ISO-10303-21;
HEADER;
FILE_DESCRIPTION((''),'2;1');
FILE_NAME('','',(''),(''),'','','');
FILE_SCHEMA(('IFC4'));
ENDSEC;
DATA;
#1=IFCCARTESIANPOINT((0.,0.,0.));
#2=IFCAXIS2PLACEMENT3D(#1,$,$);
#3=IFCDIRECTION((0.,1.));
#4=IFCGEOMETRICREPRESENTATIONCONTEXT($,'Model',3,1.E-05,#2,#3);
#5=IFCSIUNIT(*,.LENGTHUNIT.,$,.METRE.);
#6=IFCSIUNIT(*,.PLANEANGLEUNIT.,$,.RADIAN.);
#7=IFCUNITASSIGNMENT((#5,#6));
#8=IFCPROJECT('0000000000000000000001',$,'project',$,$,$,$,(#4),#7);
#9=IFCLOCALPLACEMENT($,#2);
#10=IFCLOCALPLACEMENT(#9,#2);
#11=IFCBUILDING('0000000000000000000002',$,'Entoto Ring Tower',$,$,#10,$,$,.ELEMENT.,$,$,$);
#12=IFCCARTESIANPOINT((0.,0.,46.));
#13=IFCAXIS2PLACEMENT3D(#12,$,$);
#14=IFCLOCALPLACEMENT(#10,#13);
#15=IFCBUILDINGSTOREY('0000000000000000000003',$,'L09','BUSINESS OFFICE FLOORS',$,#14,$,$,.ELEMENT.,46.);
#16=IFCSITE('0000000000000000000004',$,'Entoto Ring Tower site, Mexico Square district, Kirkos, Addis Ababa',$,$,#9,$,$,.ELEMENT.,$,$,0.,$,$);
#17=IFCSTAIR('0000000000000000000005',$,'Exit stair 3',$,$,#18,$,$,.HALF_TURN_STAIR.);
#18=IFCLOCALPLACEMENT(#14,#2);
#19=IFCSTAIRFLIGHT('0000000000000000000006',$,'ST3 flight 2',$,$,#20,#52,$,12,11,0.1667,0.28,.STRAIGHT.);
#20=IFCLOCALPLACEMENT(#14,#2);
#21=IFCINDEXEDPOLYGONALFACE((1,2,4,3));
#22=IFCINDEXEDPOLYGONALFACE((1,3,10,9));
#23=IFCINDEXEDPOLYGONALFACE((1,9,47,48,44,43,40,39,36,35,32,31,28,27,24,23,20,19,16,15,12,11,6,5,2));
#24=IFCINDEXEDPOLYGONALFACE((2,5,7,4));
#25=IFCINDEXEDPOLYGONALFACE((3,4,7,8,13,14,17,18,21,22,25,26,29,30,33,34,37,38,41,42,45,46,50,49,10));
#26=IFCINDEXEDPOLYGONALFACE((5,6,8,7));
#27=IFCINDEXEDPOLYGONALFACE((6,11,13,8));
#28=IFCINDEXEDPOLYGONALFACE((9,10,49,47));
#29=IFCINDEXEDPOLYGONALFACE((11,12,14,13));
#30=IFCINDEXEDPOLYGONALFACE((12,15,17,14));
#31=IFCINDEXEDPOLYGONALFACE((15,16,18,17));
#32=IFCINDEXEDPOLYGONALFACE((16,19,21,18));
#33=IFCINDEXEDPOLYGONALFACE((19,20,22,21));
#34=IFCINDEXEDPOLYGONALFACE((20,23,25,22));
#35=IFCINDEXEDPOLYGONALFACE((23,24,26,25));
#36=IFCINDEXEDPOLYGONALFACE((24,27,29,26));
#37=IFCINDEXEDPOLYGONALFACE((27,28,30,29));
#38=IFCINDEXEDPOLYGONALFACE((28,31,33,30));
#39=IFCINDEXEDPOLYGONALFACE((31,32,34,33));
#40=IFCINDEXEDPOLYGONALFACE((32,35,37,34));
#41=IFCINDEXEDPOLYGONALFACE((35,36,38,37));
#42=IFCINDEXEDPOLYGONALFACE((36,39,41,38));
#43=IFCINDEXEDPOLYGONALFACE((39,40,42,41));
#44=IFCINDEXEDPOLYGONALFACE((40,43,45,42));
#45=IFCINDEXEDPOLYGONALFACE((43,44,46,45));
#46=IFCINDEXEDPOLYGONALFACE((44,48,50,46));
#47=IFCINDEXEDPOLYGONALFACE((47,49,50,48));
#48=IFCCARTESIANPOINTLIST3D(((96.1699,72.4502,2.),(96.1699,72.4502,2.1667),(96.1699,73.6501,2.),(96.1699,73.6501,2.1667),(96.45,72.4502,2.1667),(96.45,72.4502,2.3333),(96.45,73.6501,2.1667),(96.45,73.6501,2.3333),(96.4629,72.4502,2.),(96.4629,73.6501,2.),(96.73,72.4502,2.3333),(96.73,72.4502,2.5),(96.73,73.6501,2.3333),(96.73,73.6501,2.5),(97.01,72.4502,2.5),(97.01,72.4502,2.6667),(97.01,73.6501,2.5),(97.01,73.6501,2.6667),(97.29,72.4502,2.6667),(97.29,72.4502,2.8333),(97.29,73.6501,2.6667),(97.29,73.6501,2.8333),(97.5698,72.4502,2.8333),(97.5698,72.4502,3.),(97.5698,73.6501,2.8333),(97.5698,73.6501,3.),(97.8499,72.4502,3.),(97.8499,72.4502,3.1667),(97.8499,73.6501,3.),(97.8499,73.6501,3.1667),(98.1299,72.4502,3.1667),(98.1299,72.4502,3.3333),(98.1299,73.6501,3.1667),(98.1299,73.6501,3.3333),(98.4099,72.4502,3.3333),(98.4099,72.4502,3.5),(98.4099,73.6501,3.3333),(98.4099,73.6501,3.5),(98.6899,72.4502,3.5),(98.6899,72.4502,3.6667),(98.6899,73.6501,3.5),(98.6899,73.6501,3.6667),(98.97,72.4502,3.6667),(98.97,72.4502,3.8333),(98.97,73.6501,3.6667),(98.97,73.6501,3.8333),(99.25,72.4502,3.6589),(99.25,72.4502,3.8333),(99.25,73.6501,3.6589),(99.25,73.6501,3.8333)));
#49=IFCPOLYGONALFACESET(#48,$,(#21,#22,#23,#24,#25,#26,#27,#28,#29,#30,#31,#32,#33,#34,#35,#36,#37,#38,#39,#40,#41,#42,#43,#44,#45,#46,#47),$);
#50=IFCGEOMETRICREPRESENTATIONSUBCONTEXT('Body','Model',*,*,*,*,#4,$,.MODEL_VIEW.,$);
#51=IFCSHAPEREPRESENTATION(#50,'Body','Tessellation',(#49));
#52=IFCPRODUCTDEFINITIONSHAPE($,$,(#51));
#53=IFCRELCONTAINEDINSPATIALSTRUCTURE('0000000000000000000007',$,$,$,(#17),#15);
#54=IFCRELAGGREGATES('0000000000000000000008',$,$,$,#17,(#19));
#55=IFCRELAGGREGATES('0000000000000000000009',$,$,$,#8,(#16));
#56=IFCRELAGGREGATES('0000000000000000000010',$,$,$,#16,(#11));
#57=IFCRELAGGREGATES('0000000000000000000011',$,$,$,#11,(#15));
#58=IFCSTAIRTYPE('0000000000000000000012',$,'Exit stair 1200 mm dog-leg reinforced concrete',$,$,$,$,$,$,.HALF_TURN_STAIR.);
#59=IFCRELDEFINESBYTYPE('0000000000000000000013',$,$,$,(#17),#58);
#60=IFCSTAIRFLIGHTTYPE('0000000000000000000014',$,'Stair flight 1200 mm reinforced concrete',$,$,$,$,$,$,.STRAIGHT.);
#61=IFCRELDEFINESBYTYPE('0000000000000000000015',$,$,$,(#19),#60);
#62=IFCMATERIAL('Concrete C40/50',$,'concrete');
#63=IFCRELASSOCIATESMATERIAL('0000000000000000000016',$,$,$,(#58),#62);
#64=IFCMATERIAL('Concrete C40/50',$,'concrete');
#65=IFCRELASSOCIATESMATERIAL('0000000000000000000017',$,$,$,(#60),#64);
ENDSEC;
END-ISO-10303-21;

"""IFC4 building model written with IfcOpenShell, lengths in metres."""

from ifc_helpers import new_model, si_unit, direction, frame, origin, place, context, subcontext, project, spatial, polyline, outline, extrude, material, type_object, element, aggregate, save


model = new_model("IFC4")

# Units and contexts
model_context = context("Model", 3, precision=1e-05, world=origin(), true_north=direction((0.0, 1.0)))
body_context = subcontext(model_context, "Body", "Model", "MODEL_VIEW")
ifc_project = project(units=[si_unit("LENGTHUNIT", "METRE"), si_unit("PLANEANGLEUNIT", "RADIAN")], contexts=[model_context])

# Site, building, storey
site_placement = place(None, origin())
site = spatial("IfcSite", under=ifc_project, at=site_placement, Name="Entoto Ring Tower site, Mexico Square district, Kirkos, Addis Ababa", CompositionType="ELEMENT", RefElevation=0.0)
building_placement = place(site_placement, origin())
building = spatial("IfcBuilding", under=site, at=building_placement, Name="Entoto Ring Tower", CompositionType="ELEMENT")
storey_placement = place(building_placement, frame((0.0, 0.0, 46.0)))
storey = spatial("IfcBuildingStorey", under=building, at=storey_placement, Name="L09", Description="BUSINESS OFFICE FLOORS", CompositionType="ELEMENT", Elevation=46.0)

# Stair, stair flight
ifc_material_1 = material(Name="Concrete C40/50", Category="concrete")
stair_type = type_object("IfcStairType", Name="Exit stair 1200 mm dog-leg reinforced concrete", PredefinedType="HALF_TURN_STAIR", material=ifc_material_1)
stair_placement = place(storey_placement, origin())
stair = element("IfcStair", 1, at=stair_placement, inside=storey, type_object=stair_type, Name="Exit stair 3", PredefinedType="HALF_TURN_STAIR")
ifc_material_2 = material(Name="Concrete C40/50", Category="concrete")
stair_flight_type = type_object("IfcStairFlightType", Name="Stair flight 1200 mm reinforced concrete", PredefinedType="STRAIGHT", material=ifc_material_2)
stair_flight_placement = place(storey_placement, frame((96.1699, 73.05, 2.0), z_axis=(0.0, 0.0, 1.0), x_axis=(1.0, 0.0, 0.0)))
stair_flight = element("IfcStairFlight", 2, at=stair_flight_placement, type_object=stair_flight_type, Name="ST3 flight 2", NumberOfRisers=12, NumberOfTreads=11, PredefinedType="STRAIGHT", RiserHeight=0.1667, TreadLength=0.28, context=body_context, shape_type="SweptSolid", body=[
    extrude(outline(polyline([(0.0, 0.0), (0.0, 0.1667), (0.28, 0.1667), (0.28, 0.3333), (0.5601, 0.3333), (0.5601, 0.5), (0.8401, 0.5), (0.8401, 0.6667), (1.1201, 0.6667), (1.1201, 0.8333), (1.3999, 0.8333), (1.3999, 1.0), (1.6799, 1.0), (1.6799, 1.1667), (1.96, 1.1667), (1.96, 1.3333), (2.24, 1.3333), (2.24, 1.5), (2.52, 1.5), (2.52, 1.6667), (2.8, 1.6667), (2.8, 1.8333), (3.0801, 1.8333), (3.0801, 2.0), (3.0801, 1.6589), (0.293, 0.0), (0.0, 0.0)])), frame((0.0, 0.6001, 0.0), z_axis=(0.0, -1.0, 0.0), x_axis=(1.0, 0.0, 0.0)), (0.0, 0.0, 1.0), 1.2),
])
aggregate(stair, [stair_flight])

save(model, "model.ifc")
